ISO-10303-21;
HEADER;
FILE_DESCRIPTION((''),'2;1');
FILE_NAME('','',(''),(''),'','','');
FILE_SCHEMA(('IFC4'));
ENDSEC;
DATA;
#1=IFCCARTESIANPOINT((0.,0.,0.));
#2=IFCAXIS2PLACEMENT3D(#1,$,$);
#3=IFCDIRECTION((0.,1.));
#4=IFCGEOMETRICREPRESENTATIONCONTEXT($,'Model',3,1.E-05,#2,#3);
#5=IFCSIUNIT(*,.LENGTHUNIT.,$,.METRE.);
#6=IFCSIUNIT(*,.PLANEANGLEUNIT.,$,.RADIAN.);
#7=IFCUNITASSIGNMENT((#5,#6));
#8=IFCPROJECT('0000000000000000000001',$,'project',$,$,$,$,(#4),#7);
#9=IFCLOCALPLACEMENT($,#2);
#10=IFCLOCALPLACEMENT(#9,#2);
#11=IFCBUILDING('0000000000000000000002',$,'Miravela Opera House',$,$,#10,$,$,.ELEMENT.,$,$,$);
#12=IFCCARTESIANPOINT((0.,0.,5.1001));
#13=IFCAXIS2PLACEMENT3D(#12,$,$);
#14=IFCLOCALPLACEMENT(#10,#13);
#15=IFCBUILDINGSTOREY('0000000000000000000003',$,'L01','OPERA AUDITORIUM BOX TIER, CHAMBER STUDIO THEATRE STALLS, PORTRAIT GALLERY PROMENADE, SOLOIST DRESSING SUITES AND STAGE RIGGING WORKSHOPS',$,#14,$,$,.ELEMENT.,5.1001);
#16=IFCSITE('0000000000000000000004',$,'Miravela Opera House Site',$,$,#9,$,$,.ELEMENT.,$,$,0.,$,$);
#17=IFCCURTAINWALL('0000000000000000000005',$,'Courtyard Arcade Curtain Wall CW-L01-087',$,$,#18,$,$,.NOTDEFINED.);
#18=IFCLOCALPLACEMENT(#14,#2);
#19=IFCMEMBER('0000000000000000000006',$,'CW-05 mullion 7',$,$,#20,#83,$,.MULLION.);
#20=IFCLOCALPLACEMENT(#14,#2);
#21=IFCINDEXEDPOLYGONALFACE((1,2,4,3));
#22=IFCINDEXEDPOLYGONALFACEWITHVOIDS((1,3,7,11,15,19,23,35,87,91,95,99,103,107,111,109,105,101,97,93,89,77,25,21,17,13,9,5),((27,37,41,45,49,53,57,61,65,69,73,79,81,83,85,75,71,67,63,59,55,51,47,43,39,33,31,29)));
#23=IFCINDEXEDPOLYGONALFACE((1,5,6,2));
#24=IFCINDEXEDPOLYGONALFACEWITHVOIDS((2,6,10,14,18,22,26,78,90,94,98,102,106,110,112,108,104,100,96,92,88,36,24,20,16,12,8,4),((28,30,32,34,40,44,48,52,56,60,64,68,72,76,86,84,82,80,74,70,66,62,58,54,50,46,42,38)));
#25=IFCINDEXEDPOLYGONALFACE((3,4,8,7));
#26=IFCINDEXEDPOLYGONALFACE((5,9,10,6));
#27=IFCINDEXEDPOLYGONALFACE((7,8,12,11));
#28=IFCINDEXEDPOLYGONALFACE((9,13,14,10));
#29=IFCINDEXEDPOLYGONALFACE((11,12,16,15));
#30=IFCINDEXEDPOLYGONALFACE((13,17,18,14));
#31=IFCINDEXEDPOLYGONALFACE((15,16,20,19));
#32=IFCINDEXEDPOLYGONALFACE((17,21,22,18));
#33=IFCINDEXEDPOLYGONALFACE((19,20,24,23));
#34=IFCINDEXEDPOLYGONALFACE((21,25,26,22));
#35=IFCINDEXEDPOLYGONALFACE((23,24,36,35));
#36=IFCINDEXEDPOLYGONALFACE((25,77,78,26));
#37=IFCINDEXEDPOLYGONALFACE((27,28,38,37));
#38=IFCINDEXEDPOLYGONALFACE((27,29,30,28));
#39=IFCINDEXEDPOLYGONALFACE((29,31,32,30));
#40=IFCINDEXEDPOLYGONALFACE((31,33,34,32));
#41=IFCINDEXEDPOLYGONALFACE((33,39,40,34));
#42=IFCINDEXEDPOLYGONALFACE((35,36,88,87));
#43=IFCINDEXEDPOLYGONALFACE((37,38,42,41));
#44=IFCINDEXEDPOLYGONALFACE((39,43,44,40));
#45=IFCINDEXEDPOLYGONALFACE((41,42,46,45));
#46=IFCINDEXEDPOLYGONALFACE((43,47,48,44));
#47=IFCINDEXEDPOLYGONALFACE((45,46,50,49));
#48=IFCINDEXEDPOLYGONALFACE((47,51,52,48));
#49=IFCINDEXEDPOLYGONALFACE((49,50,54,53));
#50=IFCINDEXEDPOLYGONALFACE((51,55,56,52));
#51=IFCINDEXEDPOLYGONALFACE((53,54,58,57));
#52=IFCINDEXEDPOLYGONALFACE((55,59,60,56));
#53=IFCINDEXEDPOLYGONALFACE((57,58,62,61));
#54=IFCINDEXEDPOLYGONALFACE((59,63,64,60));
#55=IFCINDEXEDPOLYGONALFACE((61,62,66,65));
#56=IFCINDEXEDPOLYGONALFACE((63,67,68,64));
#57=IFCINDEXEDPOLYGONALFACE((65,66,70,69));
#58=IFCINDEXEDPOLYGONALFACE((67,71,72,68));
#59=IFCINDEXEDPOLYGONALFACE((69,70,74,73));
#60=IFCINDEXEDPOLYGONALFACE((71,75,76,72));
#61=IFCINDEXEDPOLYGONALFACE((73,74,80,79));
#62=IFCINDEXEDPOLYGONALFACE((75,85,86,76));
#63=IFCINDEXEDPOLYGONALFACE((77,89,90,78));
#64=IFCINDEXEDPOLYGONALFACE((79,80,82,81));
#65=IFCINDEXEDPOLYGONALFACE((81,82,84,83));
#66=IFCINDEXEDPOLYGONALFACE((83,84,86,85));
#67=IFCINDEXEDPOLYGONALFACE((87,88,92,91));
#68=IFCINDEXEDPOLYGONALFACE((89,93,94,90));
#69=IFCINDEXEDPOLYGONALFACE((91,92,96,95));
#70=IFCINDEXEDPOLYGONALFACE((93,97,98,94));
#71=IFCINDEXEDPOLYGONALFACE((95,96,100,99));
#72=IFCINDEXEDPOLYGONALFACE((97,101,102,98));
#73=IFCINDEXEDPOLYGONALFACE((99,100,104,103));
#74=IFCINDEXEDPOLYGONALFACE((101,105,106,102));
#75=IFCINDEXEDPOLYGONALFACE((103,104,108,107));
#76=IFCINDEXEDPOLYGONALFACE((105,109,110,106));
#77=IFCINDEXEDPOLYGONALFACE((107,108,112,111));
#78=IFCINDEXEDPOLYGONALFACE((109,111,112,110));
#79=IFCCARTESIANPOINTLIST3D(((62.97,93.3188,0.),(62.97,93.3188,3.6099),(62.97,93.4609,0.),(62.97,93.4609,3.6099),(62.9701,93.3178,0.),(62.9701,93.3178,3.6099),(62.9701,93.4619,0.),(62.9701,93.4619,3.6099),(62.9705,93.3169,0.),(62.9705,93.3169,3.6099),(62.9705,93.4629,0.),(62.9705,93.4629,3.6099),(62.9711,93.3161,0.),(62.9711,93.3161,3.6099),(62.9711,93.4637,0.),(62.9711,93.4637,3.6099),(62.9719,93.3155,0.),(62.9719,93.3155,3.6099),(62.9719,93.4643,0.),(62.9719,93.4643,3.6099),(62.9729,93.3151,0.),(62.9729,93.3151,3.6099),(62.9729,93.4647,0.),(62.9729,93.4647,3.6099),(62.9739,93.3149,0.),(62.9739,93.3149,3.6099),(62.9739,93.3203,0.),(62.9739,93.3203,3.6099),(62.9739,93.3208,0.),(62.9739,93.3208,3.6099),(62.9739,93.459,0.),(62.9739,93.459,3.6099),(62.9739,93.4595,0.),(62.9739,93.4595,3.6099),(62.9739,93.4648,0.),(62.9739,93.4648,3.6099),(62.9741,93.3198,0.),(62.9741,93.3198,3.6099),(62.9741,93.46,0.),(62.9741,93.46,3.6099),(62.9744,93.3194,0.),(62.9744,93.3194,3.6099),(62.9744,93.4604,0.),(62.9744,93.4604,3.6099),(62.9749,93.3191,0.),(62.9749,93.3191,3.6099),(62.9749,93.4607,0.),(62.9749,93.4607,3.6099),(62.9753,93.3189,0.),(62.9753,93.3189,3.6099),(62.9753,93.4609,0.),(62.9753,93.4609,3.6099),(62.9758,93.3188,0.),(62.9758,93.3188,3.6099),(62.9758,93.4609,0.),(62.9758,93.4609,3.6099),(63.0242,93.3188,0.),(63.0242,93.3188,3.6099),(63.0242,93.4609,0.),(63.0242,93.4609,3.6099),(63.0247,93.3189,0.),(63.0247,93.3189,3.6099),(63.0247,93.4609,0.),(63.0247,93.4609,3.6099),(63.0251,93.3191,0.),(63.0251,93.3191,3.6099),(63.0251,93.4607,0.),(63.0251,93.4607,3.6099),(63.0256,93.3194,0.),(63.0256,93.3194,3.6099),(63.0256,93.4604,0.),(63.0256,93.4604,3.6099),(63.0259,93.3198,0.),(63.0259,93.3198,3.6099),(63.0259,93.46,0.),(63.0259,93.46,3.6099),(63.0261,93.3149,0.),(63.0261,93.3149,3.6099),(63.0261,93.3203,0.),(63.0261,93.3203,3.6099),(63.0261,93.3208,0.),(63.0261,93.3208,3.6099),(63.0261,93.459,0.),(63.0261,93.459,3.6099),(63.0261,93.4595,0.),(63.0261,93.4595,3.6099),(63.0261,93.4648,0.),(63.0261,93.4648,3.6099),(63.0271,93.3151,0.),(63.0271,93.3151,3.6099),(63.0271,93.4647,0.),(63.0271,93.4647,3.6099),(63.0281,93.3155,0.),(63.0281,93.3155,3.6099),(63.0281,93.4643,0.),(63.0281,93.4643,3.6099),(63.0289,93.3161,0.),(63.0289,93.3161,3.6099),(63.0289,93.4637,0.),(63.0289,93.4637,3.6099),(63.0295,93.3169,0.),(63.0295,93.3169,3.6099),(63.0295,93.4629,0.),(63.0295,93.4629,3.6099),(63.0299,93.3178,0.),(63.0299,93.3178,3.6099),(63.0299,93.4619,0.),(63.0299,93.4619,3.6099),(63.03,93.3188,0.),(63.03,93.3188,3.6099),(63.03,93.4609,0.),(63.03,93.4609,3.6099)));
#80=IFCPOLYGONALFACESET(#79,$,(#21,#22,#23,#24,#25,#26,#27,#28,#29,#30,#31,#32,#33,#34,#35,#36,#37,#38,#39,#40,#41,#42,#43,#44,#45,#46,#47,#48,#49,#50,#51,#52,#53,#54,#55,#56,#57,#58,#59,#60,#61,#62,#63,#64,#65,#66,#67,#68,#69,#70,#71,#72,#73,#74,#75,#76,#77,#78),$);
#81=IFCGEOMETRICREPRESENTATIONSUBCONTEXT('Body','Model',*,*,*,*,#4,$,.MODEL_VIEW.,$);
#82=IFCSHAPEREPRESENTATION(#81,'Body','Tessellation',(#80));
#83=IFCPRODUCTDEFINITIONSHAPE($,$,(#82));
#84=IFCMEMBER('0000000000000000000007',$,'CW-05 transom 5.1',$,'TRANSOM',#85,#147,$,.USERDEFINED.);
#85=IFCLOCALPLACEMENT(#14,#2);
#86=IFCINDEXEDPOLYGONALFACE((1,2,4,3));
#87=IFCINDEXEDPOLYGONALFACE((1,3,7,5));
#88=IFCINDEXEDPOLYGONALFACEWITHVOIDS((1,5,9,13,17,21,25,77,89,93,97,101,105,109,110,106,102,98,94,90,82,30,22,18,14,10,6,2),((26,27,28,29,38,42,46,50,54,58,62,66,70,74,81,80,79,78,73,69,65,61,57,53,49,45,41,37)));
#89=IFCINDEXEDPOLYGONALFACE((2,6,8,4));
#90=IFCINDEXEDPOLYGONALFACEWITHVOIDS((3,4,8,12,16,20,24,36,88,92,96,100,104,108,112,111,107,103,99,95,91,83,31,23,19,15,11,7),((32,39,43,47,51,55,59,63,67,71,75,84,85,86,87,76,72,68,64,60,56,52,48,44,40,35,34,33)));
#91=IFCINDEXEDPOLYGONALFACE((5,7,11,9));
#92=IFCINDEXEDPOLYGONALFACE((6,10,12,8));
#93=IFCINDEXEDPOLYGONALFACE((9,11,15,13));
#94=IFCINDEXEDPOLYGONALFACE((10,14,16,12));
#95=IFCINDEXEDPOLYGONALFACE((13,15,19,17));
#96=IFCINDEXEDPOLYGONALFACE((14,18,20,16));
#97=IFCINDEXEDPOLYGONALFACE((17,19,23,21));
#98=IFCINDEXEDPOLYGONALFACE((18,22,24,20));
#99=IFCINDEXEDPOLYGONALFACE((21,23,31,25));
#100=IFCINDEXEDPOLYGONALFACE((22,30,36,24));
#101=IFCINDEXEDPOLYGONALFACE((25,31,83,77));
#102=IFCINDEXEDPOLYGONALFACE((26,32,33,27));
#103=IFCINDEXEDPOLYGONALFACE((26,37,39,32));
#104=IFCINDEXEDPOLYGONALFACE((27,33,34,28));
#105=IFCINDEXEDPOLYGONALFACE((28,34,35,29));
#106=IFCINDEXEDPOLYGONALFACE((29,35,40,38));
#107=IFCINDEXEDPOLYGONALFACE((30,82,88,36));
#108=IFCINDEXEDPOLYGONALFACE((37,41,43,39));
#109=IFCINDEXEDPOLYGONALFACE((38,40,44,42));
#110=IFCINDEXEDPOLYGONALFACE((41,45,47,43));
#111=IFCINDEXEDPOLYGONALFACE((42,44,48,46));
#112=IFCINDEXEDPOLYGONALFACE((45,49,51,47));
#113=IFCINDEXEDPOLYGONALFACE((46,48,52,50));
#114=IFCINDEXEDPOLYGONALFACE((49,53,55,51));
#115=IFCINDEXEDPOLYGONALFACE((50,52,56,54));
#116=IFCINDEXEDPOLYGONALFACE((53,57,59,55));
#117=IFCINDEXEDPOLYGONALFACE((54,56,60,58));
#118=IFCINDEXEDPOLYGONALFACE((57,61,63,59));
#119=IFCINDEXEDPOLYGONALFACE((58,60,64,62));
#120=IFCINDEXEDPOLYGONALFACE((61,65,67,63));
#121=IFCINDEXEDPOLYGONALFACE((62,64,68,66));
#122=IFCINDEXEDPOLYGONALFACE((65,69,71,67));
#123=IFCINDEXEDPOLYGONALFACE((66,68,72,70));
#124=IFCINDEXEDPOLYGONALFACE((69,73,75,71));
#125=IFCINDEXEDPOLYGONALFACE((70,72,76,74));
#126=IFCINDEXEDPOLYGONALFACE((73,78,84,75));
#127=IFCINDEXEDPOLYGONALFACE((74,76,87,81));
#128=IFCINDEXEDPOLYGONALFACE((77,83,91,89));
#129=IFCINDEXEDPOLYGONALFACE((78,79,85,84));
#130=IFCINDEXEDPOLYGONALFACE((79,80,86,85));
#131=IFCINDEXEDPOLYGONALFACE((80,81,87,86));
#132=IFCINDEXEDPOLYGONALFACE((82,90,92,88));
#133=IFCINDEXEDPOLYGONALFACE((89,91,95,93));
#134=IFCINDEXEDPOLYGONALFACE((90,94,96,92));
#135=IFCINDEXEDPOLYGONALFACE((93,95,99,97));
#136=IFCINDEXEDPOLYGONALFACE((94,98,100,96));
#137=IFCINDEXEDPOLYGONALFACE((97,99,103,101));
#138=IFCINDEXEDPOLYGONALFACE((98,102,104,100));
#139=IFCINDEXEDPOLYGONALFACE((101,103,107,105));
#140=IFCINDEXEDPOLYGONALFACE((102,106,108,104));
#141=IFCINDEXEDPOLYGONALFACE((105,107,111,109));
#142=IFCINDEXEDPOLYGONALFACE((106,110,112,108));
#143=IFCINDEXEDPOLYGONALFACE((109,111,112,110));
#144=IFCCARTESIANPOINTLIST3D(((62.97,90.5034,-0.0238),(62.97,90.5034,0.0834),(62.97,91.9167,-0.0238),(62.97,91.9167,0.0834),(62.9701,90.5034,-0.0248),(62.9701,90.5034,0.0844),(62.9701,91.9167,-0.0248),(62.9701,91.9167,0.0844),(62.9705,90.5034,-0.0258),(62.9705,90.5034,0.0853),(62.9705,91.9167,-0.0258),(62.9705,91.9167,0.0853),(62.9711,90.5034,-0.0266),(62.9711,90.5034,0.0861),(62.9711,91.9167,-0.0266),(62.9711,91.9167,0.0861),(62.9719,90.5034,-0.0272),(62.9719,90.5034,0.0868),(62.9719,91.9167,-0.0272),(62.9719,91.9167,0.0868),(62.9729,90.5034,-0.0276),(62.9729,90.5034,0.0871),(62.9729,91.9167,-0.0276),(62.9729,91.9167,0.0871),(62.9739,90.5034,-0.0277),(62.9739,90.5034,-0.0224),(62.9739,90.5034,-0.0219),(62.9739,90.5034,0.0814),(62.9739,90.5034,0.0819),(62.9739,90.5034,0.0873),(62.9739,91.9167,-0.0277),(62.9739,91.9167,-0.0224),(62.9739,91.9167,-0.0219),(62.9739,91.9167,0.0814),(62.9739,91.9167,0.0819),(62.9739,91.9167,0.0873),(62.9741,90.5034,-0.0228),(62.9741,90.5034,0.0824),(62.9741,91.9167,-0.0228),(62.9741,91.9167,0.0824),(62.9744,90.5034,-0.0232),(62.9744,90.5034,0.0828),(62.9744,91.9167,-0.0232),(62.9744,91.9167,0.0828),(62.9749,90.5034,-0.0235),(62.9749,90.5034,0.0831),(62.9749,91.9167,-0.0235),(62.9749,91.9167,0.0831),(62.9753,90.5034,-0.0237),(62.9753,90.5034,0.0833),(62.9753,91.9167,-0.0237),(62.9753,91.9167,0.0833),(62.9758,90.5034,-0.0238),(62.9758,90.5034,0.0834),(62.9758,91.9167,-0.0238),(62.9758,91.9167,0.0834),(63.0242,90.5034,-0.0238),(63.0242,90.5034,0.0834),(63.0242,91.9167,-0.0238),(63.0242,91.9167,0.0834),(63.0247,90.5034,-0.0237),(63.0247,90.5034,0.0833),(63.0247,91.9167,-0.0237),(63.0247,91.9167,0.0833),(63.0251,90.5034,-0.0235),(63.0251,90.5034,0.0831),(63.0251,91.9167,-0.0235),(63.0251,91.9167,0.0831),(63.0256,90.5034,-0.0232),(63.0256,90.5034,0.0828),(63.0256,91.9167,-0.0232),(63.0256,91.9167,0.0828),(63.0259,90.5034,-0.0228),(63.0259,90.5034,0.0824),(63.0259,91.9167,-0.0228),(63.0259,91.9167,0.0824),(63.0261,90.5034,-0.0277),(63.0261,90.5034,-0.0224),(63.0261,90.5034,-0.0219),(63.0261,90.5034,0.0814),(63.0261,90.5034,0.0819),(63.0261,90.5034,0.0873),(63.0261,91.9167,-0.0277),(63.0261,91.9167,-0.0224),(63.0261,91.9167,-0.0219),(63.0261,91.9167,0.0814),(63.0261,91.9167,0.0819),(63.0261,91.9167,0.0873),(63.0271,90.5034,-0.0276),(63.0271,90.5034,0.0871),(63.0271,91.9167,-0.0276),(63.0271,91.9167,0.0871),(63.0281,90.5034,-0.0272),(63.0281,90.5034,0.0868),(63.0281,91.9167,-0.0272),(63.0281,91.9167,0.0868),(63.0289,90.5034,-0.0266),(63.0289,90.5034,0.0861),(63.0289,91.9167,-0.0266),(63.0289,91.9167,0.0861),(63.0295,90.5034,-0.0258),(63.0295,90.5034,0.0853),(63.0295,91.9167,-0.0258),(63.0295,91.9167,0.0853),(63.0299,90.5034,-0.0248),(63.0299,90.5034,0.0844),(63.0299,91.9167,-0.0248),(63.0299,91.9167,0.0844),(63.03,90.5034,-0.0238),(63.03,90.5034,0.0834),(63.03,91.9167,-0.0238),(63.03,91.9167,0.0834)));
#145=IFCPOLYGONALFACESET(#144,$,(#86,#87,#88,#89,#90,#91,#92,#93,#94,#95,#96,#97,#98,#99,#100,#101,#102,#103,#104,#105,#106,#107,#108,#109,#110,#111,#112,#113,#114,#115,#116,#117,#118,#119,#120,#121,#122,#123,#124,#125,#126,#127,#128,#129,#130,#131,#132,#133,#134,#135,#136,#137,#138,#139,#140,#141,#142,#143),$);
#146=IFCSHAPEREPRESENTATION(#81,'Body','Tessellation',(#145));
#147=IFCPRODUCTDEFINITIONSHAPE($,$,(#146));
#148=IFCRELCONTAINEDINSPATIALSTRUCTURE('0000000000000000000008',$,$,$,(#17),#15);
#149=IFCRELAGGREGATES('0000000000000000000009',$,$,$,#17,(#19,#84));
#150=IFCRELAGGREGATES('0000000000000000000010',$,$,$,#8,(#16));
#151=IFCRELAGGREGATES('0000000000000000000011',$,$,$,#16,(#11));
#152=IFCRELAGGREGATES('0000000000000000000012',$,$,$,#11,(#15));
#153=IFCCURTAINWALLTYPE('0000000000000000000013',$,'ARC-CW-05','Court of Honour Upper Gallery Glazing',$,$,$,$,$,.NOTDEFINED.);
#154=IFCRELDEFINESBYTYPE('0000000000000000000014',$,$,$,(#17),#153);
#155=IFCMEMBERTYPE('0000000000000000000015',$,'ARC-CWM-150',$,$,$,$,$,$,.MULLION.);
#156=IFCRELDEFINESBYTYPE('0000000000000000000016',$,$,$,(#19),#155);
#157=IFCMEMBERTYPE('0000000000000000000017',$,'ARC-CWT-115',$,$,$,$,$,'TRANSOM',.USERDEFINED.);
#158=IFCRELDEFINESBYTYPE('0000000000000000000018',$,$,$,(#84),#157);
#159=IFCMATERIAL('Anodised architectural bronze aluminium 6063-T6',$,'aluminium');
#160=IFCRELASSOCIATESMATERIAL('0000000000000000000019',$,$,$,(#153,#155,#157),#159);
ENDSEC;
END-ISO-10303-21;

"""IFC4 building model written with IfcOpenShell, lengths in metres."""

from ifc_helpers import new_model, si_unit, direction, frame, origin, origin_2d, place, context, subcontext, project, spatial, hollow_rectangle, extrude, material, material_profile, profile_set, type_object, element, aggregate, save


model = new_model("IFC4")

# Units and contexts
model_context = context("Model", 3, precision=1e-05, world=origin(), true_north=direction((0.0, 1.0)))
body_context = subcontext(model_context, "Body", "Model", "MODEL_VIEW")
ifc_project = project(units=[si_unit("LENGTHUNIT", "METRE"), si_unit("PLANEANGLEUNIT", "RADIAN")], contexts=[model_context])

# Site, building, storey
site_placement = place(None, origin())
site = spatial("IfcSite", under=ifc_project, at=site_placement, Name="Miravela Opera House Site", CompositionType="ELEMENT", RefElevation=0.0)
building_placement = place(site_placement, origin())
building = spatial("IfcBuilding", under=site, at=building_placement, Name="Miravela Opera House", CompositionType="ELEMENT")
storey_placement = place(building_placement, frame((0.0, 0.0, 5.1001)))
storey = spatial("IfcBuildingStorey", under=building, at=storey_placement, Name="L01", Description="OPERA AUDITORIUM BOX TIER, CHAMBER STUDIO THEATRE STALLS, PORTRAIT GALLERY PROMENADE, SOLOIST DRESSING SUITES AND STAGE RIGGING WORKSHOPS", CompositionType="ELEMENT", Elevation=5.1001)

# Curtain wall, members
ifc_material_1 = material(Name="Anodised architectural bronze aluminium 6063-T6", Category="aluminium")
curtain_wall_type = type_object("IfcCurtainWallType", Name="ARC-CW-05", Description="Court of Honour Upper Gallery Glazing", PredefinedType="NOTDEFINED", material=ifc_material_1)
curtain_wall_placement = place(storey_placement, origin())
curtain_wall = element("IfcCurtainWall", 1, at=curtain_wall_placement, inside=storey, type_object=curtain_wall_type, Name="Courtyard Arcade Curtain Wall CW-L01-087", PredefinedType="NOTDEFINED")
ifc_material_profile_1 = material_profile(ifc_material_1, hollow_rectangle(XDim=0.0601, YDim=0.1499, WallThickness=0.0039, InnerFilletRadius=0.002, OuterFilletRadius=0.0039, at=origin_2d()), Name="CWM-60X150")
ifc_profile_set_1 = profile_set([ifc_material_profile_1])
member_type_1 = type_object("IfcMemberType", Name="ARC-CWM-150", PredefinedType="MULLION", material=ifc_profile_set_1)
member_1_placement = place(storey_placement, frame((63.0, 93.3899, 0.0), z_axis=(0.0, 0.0, 1.0), x_axis=(-1.0, 0.0, 0.0)))
member_1 = element("IfcMember", 2, at=member_1_placement, type_object=member_type_1, Name="CW-05 mullion 7", PredefinedType="MULLION", context=body_context, shape_type="SweptSolid", body=[
    extrude(hollow_rectangle(XDim=0.0601, YDim=0.1499, WallThickness=0.0039, InnerFilletRadius=0.002, OuterFilletRadius=0.0039, at=origin_2d()), origin(), (0.0, 0.0, 1.0), 3.6099),
])
ifc_material_profile_2 = material_profile(ifc_material_1, hollow_rectangle(XDim=0.0601, YDim=0.115, WallThickness=0.0039, InnerFilletRadius=0.002, OuterFilletRadius=0.0039, at=origin_2d()), Name="CWT-60X115")
ifc_profile_set_2 = profile_set([ifc_material_profile_2])
member_type_2 = type_object("IfcMemberType", Name="ARC-CWT-115", ElementType="TRANSOM", PredefinedType="USERDEFINED", material=ifc_profile_set_2)
member_2_placement = place(storey_placement, frame((63.0, 90.5034, 0.0298), z_axis=(0.0, 1.0, 0.0), x_axis=(-1.0, 0.0, 0.0)))
member_2 = element("IfcMember", 3, at=member_2_placement, type_object=member_type_2, Name="CW-05 transom 5.1", ObjectType="TRANSOM", PredefinedType="USERDEFINED", context=body_context, shape_type="SweptSolid", body=[
    extrude(hollow_rectangle(XDim=0.0601, YDim=0.115, WallThickness=0.0039, InnerFilletRadius=0.002, OuterFilletRadius=0.0039, at=origin_2d()), origin(), (0.0, 0.0, 1.0), 1.4133),
])

aggregate(curtain_wall, [member_1, member_2])

save(model, "model.ifc")
